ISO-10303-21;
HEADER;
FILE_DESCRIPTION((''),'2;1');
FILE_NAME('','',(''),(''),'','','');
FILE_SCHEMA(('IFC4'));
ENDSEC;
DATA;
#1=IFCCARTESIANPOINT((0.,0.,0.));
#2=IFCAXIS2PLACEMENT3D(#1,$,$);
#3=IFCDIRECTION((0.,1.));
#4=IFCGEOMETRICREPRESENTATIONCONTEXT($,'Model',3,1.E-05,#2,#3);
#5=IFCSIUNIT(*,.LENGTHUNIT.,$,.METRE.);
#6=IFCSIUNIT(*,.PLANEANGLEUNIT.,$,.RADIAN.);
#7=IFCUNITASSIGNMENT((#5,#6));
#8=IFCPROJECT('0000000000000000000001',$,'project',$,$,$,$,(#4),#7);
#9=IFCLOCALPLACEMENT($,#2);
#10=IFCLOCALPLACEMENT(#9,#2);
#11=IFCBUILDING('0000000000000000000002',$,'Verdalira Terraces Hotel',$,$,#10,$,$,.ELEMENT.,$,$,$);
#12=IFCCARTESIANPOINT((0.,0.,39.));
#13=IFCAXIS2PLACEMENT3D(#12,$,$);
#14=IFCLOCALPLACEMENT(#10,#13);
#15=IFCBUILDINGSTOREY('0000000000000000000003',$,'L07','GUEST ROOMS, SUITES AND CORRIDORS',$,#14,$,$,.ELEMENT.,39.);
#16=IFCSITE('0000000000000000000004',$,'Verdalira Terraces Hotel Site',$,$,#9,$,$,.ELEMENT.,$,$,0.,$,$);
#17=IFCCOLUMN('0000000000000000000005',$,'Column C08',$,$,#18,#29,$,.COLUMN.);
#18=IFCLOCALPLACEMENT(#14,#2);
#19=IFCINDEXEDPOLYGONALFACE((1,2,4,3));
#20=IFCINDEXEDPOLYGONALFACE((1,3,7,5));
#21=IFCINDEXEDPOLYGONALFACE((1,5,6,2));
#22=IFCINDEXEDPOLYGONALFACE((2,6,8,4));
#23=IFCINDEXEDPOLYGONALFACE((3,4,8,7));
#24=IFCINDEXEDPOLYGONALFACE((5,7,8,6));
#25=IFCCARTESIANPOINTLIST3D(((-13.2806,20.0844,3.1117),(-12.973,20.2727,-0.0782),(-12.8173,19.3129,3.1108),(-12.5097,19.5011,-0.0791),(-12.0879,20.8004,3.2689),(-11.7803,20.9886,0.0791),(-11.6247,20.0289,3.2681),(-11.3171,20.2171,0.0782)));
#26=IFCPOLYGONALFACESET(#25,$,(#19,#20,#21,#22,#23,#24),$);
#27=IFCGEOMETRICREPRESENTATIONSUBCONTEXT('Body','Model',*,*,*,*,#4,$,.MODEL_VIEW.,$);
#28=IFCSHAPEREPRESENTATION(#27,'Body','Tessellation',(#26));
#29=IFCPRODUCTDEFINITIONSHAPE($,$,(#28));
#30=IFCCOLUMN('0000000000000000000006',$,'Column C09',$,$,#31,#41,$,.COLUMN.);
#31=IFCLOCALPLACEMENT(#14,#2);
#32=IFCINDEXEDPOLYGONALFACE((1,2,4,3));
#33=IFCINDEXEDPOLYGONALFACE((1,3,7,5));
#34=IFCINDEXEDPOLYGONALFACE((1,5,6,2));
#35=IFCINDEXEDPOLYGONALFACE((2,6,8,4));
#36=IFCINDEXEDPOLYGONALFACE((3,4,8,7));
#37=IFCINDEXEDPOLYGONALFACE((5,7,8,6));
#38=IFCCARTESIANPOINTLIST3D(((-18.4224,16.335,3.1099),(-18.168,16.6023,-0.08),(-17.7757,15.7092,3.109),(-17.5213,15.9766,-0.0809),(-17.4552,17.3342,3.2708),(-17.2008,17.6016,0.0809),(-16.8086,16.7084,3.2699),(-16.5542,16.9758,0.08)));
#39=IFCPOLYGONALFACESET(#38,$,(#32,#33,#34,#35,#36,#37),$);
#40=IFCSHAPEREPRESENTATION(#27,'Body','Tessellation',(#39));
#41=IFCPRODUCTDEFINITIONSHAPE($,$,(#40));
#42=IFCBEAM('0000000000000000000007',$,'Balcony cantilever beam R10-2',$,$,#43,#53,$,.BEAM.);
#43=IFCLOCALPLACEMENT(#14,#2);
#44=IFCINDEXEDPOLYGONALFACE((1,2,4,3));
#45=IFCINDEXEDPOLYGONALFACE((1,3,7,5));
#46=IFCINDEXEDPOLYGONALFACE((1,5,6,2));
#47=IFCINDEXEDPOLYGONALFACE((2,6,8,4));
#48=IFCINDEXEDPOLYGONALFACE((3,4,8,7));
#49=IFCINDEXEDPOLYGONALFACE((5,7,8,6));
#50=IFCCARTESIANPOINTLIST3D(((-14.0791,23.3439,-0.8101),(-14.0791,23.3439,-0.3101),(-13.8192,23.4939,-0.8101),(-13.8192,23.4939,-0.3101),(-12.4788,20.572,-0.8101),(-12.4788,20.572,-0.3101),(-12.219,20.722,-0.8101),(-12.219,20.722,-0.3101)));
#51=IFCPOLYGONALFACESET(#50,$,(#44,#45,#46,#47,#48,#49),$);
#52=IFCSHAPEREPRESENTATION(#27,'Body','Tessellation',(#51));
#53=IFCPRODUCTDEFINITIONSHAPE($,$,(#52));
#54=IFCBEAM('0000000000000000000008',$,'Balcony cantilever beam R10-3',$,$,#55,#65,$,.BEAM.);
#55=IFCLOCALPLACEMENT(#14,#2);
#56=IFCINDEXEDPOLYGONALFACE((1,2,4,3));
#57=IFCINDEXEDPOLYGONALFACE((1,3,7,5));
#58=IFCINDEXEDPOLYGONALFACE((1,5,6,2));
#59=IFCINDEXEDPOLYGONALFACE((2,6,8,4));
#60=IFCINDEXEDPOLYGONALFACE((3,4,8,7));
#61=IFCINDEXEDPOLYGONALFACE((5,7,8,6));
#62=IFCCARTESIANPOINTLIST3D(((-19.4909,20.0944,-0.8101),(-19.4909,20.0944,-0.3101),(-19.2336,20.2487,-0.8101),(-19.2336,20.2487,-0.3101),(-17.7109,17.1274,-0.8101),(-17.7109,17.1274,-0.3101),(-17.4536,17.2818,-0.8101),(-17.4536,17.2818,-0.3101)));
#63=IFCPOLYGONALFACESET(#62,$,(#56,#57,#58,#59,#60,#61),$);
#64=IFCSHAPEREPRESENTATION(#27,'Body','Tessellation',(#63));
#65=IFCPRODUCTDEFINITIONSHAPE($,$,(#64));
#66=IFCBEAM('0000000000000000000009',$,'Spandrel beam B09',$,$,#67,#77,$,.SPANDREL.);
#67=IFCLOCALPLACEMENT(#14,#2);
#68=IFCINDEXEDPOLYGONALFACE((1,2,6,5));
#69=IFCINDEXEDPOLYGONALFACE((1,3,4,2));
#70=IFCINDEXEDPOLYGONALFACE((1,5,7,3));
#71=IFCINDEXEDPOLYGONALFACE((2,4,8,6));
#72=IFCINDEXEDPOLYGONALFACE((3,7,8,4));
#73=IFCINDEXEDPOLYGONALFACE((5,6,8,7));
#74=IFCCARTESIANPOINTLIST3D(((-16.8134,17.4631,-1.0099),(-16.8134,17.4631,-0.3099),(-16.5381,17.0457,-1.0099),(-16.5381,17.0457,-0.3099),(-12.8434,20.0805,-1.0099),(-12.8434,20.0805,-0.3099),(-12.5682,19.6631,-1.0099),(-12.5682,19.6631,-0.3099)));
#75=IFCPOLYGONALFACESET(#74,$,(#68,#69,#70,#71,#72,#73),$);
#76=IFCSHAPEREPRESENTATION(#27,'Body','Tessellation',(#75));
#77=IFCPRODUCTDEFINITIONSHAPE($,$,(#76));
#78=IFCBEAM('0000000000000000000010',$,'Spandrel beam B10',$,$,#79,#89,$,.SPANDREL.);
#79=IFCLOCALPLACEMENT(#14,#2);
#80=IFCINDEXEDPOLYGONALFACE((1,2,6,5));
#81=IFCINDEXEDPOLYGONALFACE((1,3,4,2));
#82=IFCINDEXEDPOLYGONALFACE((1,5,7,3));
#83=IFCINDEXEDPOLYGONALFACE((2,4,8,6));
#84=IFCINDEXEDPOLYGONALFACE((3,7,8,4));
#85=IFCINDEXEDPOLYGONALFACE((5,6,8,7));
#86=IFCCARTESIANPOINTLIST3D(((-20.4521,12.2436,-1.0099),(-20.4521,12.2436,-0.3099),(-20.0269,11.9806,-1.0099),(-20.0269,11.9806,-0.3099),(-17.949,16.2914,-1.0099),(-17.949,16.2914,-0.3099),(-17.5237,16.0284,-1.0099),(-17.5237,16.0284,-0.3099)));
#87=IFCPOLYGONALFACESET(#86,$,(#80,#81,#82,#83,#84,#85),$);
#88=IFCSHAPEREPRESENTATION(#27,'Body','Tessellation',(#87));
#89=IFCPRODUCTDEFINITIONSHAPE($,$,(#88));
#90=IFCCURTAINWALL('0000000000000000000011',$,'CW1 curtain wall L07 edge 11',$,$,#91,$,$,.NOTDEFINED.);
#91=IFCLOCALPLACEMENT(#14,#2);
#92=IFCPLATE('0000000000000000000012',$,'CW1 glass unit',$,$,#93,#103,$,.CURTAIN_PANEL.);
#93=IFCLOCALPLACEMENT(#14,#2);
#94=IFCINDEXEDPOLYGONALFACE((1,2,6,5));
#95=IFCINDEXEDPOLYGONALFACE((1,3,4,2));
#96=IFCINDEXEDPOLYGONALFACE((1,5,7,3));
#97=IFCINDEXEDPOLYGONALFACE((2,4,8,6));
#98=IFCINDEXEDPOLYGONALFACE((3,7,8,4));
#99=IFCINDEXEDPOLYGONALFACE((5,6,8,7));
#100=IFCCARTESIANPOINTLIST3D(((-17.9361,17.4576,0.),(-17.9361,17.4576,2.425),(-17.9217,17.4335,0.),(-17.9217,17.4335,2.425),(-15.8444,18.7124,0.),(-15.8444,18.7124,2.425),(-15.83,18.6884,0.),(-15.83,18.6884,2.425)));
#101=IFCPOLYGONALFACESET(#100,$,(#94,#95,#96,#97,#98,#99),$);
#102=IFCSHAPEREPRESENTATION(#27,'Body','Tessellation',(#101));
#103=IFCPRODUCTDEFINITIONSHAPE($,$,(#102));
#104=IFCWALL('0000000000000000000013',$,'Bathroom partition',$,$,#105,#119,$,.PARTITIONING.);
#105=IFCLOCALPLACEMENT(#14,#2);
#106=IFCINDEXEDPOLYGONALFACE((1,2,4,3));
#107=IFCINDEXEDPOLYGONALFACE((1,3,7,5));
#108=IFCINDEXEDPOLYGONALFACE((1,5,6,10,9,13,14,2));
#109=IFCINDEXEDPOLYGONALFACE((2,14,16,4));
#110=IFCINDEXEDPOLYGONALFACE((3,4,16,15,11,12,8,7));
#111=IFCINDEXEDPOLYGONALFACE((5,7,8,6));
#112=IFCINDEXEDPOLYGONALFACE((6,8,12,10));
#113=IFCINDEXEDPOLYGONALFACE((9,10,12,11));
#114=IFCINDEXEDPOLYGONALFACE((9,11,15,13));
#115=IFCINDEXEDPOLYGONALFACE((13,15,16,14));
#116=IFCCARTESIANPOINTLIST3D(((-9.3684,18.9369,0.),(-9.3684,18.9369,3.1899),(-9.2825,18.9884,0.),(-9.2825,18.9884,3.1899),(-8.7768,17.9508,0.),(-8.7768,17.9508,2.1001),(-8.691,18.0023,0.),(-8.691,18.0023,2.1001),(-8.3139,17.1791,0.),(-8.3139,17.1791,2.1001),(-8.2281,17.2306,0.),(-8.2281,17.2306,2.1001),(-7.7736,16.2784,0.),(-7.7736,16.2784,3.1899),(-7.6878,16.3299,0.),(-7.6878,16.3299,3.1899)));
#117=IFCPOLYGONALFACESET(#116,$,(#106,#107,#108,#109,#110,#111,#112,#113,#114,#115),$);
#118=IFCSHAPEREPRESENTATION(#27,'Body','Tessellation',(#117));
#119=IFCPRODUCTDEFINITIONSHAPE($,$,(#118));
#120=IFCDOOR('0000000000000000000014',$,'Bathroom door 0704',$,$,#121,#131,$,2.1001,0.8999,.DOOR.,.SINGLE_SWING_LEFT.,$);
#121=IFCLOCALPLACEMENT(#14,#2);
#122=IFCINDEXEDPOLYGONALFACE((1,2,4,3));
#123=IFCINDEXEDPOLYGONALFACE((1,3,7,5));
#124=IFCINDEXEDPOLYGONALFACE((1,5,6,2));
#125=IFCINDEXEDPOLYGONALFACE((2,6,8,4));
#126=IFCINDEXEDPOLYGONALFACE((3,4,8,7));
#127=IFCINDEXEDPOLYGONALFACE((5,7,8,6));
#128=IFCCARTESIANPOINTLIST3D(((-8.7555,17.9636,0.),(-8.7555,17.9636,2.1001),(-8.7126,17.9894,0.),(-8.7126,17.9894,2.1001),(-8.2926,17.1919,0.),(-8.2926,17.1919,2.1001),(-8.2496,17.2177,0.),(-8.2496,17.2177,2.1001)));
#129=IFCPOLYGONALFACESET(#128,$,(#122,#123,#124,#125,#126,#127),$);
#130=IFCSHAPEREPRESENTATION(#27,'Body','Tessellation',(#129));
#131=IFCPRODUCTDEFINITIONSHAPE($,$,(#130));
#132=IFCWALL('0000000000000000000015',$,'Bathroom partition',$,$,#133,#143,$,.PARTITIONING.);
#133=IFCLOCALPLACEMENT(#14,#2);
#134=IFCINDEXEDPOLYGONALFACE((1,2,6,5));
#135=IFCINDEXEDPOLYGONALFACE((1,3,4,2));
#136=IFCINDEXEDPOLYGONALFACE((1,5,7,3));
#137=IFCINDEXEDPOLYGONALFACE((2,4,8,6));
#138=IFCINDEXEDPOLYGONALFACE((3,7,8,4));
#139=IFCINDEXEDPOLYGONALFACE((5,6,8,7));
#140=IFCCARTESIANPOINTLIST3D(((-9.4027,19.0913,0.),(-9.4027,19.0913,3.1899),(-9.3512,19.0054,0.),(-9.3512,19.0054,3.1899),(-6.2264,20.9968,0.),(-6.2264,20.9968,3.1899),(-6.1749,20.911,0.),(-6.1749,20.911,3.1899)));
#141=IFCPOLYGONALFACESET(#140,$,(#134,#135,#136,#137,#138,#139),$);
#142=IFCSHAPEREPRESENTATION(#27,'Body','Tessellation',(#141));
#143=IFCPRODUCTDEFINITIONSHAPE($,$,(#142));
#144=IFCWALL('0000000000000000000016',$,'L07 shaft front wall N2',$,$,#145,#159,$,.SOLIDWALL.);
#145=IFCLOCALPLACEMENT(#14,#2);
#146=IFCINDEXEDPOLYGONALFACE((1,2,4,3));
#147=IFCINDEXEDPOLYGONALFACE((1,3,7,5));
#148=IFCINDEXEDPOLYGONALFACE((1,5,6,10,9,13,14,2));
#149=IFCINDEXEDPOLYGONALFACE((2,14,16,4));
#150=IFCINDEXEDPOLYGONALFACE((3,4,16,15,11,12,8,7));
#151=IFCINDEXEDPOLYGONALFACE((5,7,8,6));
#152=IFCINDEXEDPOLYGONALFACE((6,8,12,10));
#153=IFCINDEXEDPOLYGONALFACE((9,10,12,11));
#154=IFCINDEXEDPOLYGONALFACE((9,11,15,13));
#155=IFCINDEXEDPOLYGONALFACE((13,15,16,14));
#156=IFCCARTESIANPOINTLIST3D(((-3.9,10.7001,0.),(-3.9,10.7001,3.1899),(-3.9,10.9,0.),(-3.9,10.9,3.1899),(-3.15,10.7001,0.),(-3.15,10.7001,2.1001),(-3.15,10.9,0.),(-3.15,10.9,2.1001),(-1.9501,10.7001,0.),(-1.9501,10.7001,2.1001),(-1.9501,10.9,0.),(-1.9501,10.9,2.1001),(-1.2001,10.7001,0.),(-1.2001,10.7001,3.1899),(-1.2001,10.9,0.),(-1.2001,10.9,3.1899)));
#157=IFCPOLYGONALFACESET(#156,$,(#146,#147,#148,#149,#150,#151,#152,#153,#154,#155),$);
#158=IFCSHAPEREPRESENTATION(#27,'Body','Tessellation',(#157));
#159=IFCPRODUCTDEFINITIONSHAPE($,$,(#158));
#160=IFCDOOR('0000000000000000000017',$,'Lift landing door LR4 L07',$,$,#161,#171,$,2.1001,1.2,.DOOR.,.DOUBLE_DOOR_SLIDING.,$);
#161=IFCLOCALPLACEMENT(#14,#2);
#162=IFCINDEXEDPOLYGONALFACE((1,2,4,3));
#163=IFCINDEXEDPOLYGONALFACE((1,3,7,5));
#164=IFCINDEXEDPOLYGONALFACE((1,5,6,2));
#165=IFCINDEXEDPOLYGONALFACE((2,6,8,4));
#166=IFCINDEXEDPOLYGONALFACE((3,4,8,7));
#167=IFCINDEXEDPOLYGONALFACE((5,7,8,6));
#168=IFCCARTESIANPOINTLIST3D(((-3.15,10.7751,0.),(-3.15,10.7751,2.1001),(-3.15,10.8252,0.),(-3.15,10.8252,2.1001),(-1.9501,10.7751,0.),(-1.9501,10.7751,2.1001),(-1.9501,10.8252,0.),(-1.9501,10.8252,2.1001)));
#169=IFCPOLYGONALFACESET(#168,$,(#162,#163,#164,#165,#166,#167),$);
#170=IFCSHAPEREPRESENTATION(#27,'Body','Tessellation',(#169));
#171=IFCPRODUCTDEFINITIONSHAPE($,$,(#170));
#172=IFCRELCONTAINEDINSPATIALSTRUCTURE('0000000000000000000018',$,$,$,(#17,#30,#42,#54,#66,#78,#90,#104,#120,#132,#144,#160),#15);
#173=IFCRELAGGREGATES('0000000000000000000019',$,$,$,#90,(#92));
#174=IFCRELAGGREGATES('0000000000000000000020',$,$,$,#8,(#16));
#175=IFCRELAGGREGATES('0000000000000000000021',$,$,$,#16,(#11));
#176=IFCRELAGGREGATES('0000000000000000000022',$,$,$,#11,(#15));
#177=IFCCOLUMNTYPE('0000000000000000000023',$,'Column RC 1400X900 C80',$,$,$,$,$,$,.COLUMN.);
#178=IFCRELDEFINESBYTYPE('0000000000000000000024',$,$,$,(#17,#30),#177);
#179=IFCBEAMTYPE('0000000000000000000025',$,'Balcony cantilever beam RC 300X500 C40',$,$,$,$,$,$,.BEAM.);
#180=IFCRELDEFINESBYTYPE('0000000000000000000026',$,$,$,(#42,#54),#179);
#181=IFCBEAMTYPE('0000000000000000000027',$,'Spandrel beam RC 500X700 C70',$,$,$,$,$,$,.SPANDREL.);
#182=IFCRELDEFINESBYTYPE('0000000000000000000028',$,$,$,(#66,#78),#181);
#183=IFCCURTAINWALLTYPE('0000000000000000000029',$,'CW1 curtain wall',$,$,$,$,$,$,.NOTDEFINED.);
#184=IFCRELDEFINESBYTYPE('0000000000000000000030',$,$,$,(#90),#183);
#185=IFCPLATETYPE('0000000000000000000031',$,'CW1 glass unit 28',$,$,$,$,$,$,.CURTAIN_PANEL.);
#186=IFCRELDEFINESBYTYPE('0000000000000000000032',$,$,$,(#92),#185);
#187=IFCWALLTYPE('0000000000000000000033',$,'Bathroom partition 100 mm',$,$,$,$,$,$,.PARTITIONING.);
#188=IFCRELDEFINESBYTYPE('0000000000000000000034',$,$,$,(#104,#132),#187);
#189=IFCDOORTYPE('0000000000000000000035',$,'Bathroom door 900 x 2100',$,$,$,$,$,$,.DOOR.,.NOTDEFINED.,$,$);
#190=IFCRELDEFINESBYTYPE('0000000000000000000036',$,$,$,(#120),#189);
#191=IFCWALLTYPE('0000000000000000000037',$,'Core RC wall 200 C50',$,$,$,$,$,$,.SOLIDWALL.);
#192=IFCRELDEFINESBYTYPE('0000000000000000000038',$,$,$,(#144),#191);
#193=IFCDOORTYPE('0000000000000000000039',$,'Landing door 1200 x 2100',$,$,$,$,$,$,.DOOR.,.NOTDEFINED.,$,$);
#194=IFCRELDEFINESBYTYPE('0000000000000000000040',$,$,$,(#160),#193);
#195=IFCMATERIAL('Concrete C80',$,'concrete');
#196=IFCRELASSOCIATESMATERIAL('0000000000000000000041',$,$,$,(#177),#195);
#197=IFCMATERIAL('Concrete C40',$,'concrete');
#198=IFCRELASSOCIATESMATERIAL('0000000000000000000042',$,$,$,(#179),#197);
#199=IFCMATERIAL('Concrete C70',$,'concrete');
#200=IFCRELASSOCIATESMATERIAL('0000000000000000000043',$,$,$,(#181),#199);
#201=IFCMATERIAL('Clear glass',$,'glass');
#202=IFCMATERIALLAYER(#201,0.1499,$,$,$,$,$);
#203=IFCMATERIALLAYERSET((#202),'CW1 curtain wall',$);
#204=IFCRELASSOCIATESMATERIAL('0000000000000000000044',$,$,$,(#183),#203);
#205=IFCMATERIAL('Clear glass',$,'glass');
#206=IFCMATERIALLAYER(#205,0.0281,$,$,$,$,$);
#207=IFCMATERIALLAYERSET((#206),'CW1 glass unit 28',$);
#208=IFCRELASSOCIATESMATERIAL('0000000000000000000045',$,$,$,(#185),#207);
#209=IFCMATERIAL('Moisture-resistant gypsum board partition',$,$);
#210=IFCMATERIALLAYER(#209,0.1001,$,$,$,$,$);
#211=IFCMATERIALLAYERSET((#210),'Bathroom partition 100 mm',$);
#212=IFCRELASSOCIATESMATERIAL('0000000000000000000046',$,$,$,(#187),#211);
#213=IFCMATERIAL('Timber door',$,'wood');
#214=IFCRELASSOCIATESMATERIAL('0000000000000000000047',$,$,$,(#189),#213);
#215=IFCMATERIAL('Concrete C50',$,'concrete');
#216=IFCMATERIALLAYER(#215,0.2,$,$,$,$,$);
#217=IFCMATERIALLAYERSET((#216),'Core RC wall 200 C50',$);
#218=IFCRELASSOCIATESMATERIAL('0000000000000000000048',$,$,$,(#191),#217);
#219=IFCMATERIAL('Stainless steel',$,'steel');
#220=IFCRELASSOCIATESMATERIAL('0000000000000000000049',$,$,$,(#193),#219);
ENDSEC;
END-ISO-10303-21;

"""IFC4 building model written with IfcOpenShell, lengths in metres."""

from ifc_helpers import new_model, si_unit, direction, frame, frame_2d, origin, origin_2d, place, context, subcontext, project, spatial, rectangle, extrude, material, layer, layer_set, material_profile, profile_set, type_object, element, fill, aggregate, save


model = new_model("IFC4")

# Units and contexts
model_context = context("Model", 3, precision=1e-05, world=origin(), true_north=direction((0.0, 1.0)))
body_context = subcontext(model_context, "Body", "Model", "MODEL_VIEW")
ifc_project = project(units=[si_unit("LENGTHUNIT", "METRE"), si_unit("PLANEANGLEUNIT", "RADIAN")], contexts=[model_context])

# Site, building, storey
site_placement = place(None, origin())
site = spatial("IfcSite", under=ifc_project, at=site_placement, Name="Verdalira Terraces Hotel Site", CompositionType="ELEMENT", RefElevation=0.0)
building_placement = place(site_placement, origin())
building = spatial("IfcBuilding", under=site, at=building_placement, Name="Verdalira Terraces Hotel", CompositionType="ELEMENT")
storey_placement = place(building_placement, frame((0.0, 0.0, 39.0)))
storey = spatial("IfcBuildingStorey", under=building, at=storey_placement, Name="L07", Description="GUEST ROOMS, SUITES AND CORRIDORS", CompositionType="ELEMENT", Elevation=39.0)

# Columns
ifc_material_1 = material(Name="Concrete C80", Category="concrete")
ifc_material_profile_1 = material_profile(ifc_material_1, rectangle(XDim=1.3999, YDim=0.8999, at=origin_2d()), Name="RC 1400X900")
ifc_profile_set_1 = profile_set([ifc_material_profile_1], Name="Concrete C80")
column_type = type_object("IfcColumnType", Name="Column RC 1400X900 C80", PredefinedType="COLUMN", material=ifc_profile_set_1)
column_1_placement = place(storey_placement, frame((-12.145, 20.2449, 0.0), z_axis=(-0.095823, -0.058635, 0.99367), x_axis=(-0.851952, -0.511428, -0.112335)))
element("IfcColumn", 1, at=column_1_placement, inside=storey, type_object=column_type, Name="Column C08", PredefinedType="COLUMN", context=body_context, shape_type="SweptSolid", body=[
    extrude(rectangle(XDim=1.3999, YDim=0.8999, at=origin_2d()), origin(), (0.0, 0.0, 1.0), 3.2102),
])
column_2_placement = place(storey_placement, frame((-17.3611, 16.7891, 0.0), z_axis=(-0.079221, -0.08325, 0.993375), x_axis=(0.690876, 0.713782, 0.114915)))
element("IfcColumn", 2, at=column_2_placement, inside=storey, type_object=column_type, Name="Column C09", PredefinedType="COLUMN", context=body_context, shape_type="SweptSolid", body=[
    extrude(rectangle(XDim=1.3999, YDim=0.8999, at=origin_2d()), origin(), (0.0, 0.0, 1.0), 3.2112),
])

# Beams
ifc_material_2 = material(Name="Concrete C40", Category="concrete")
ifc_material_profile_2 = material_profile(ifc_material_2, rectangle(XDim=0.3, YDim=0.5, at=origin_2d()), Name="RC 300X500")
ifc_profile_set_2 = profile_set([ifc_material_profile_2], Name="Concrete C40")
beam_type_1 = type_object("IfcBeamType", Name="Balcony cantilever beam RC 300X500 C40", PredefinedType="BEAM", material=ifc_profile_set_2)
beam_1_placement = place(storey_placement, frame((-12.3489, 20.647, -0.5601), z_axis=(-0.499987, 0.866033, 0.0), x_axis=(-0.866033, -0.499987, 0.0)))
element("IfcBeam", 3, at=beam_1_placement, inside=storey, type_object=beam_type_1, Name="Balcony cantilever beam R10-2", PredefinedType="BEAM", context=body_context, shape_type="SweptSolid", body=[
    extrude(rectangle(XDim=0.3, YDim=0.5, at=origin_2d()), origin(), (0.0, 0.0, 1.0), 3.2007),
])
beam_2_placement = place(storey_placement, frame((-17.5823, 17.2046, -0.5601), z_axis=(-0.514454, 0.857518, 0.0), x_axis=(-0.857518, -0.514454, 0.0)))
element("IfcBeam", 4, at=beam_2_placement, inside=storey, type_object=beam_type_1, Name="Balcony cantilever beam R10-3", PredefinedType="BEAM", context=body_context, shape_type="SweptSolid", body=[
    extrude(rectangle(XDim=0.3, YDim=0.5, at=origin_2d()), origin(), (0.0, 0.0, 1.0), 3.46),
])
ifc_material_3 = material(Name="Concrete C70", Category="concrete")
ifc_material_profile_3 = material_profile(ifc_material_3, rectangle(XDim=0.5, YDim=0.7, at=origin_2d()), Name="RC 500X700")
ifc_profile_set_3 = profile_set([ifc_material_profile_3], Name="Concrete C70")
beam_type_2 = type_object("IfcBeamType", Name="Spandrel beam RC 500X700 C70", PredefinedType="SPANDREL", material=ifc_profile_set_3)
beam_3_placement = place(storey_placement, frame((-12.7058, 19.8718, -0.6599), z_axis=(-0.834875, -0.550439, 0.0), x_axis=(0.550439, -0.834875, 0.0)))
element("IfcBeam", 5, at=beam_3_placement, inside=storey, type_object=beam_type_2, Name="Spandrel beam B09", PredefinedType="SPANDREL", context=body_context, shape_type="SweptSolid", body=[
    extrude(rectangle(XDim=0.5, YDim=0.7, at=origin_2d()), origin(), (0.0, 0.0, 1.0), 4.7551),
])
beam_4_placement = place(storey_placement, frame((-17.7363, 16.1599, -0.6599), z_axis=(-0.525954, -0.850513, 0.0), x_axis=(0.850513, -0.525954, 0.0)))
element("IfcBeam", 6, at=beam_4_placement, inside=storey, type_object=beam_type_2, Name="Spandrel beam B10", PredefinedType="SPANDREL", context=body_context, shape_type="SweptSolid", body=[
    extrude(rectangle(XDim=0.5, YDim=0.7, at=origin_2d()), origin(), (0.0, 0.0, 1.0), 4.7593),
])

# Curtain wall, plate
ifc_material_4 = material(Name="Clear glass", Category="glass")
ifc_layer_1 = layer(ifc_material_4, 0.1499)
ifc_layer_set_1 = layer_set([ifc_layer_1], Name="CW1 curtain wall")
curtain_wall_type = type_object("IfcCurtainWallType", Name="CW1 curtain wall", PredefinedType="NOTDEFINED", material=ifc_layer_set_1)
curtain_wall_placement = place(storey_placement, origin())
curtain_wall = element("IfcCurtainWall", 7, at=curtain_wall_placement, inside=storey, type_object=curtain_wall_type, Name="CW1 curtain wall L07 edge 11", PredefinedType="NOTDEFINED")
ifc_material_5 = material(Name="Clear glass", Category="glass")
ifc_layer_2 = layer(ifc_material_5, 0.0281)
ifc_layer_set_2 = layer_set([ifc_layer_2], Name="CW1 glass unit 28")
plate_type = type_object("IfcPlateType", Name="CW1 glass unit 28", PredefinedType="CURTAIN_PANEL", material=ifc_layer_set_2)
plate_placement = place(storey_placement, frame((-16.8831, 18.073, 0.0), z_axis=(0.0, 0.0, 1.0), x_axis=(-0.857527, -0.51444, 0.0)))
plate = element("IfcPlate", 8, at=plate_placement, type_object=plate_type, Name="CW1 glass unit", PredefinedType="CURTAIN_PANEL", context=body_context, shape_type="SweptSolid", body=[
    extrude(rectangle(XDim=2.4392, YDim=0.0281, at=origin_2d()), origin(), (0.0, 0.0, 1.0), 2.425),
])
aggregate(curtain_wall, [plate])

# Wall, opening, door
ifc_material_6 = material(Name="Moisture-resistant gypsum board partition")
ifc_layer_3 = layer(ifc_material_6, 0.1001)
ifc_layer_set_3 = layer_set([ifc_layer_3], Name="Bathroom partition 100 mm")
wall_type_1 = type_object("IfcWallType", Name="Bathroom partition 100 mm", PredefinedType="PARTITIONING", material=ifc_layer_set_3)
wall_1_placement = place(storey_placement, frame((-9.3254, 18.9626, 0.0), z_axis=(0.0, 0.0, 1.0), x_axis=(0.514415, -0.857542, 0.0)))
wall_1 = element("IfcWall", 9, at=wall_1_placement, inside=storey, type_object=wall_type_1, Name="Bathroom partition", PredefinedType="PARTITIONING", context=body_context, shape_type="SweptSolid", body=[
    extrude(rectangle(XDim=3.1001, YDim=0.1001, at=frame_2d((1.55, 0.0))), origin(), (0.0, 0.0, 1.0), 3.1899),
])
opening_1_placement = place(wall_1_placement, frame((1.1499, 0.0, 0.0)))
opening_1 = element("IfcOpeningElement", 10, at=opening_1_placement, cuts=wall_1, PredefinedType="OPENING", context=body_context, shape_type="SweptSolid", body=[
    extrude(rectangle(XDim=0.8999, YDim=2.1001, at=frame_2d((0.45, 1.05))), frame((0.0, 0.0601, 0.0), z_axis=(0.0, -1.0, 0.0), x_axis=(1.0, 0.0, 0.0)), (0.0, 0.0, 1.0), 0.1201),
])
ifc_material_7 = material(Name="Timber door", Category="wood")
door_type_1 = type_object("IfcDoorType", Name="Bathroom door 900 x 2100", OperationType="NOTDEFINED", PredefinedType="DOOR", material=ifc_material_7)
door_1_placement = place(opening_1_placement, origin())
door_1 = element("IfcDoor", 11, at=door_1_placement, inside=storey, type_object=door_type_1, Name="Bathroom door 0704", OperationType="SINGLE_SWING_LEFT", OverallHeight=2.1001, OverallWidth=0.8999, PredefinedType="DOOR", context=body_context, shape_type="SweptSolid", body=[
    extrude(rectangle(XDim=0.8999, YDim=2.1001, at=frame_2d((0.45, 1.05))), frame((0.0, 0.0249, 0.0), z_axis=(0.0, -1.0, 0.0), x_axis=(1.0, 0.0, 0.0)), (0.0, 0.0, 1.0), 0.05),
])
fill(opening_1, door_1)

# Wall
wall_2_placement = place(storey_placement, frame((-9.377, 19.0483, 0.0), z_axis=(0.0, 0.0, 1.0), x_axis=(0.857522, 0.514447, 0.0)))
element("IfcWall", 12, at=wall_2_placement, inside=storey, type_object=wall_type_1, Name="Bathroom partition", PredefinedType="PARTITIONING", context=body_context, shape_type="SweptSolid", body=[
    extrude(rectangle(XDim=3.7041, YDim=0.1001, at=frame_2d((1.8521, 0.0))), origin(), (0.0, 0.0, 1.0), 3.1899),
])

# Wall, opening, door
ifc_material_8 = material(Name="Concrete C50", Category="concrete")
ifc_layer_4 = layer(ifc_material_8, 0.2)
ifc_layer_set_4 = layer_set([ifc_layer_4], Name="Core RC wall 200 C50")
wall_type_2 = type_object("IfcWallType", Name="Core RC wall 200 C50", PredefinedType="SOLIDWALL", material=ifc_layer_set_4)
wall_3_placement = place(storey_placement, frame((-1.2, 10.8, 0.0), z_axis=(0.0, 0.0, 1.0), x_axis=(-1.0, 0.0, 0.0)))
wall_3 = element("IfcWall", 13, at=wall_3_placement, inside=storey, type_object=wall_type_2, Name="L07 shaft front wall N2", PredefinedType="SOLIDWALL", context=body_context, shape_type="SweptSolid", body=[
    extrude(rectangle(XDim=2.7, YDim=0.2, at=frame_2d((1.3501, 0.0))), origin(), (0.0, 0.0, 1.0), 3.1899),
])
opening_2_placement = place(wall_3_placement, frame((0.75, 0.0, 0.0)))
opening_2 = element("IfcOpeningElement", 14, at=opening_2_placement, cuts=wall_3, PredefinedType="OPENING", context=body_context, shape_type="SweptSolid", body=[
    extrude(rectangle(XDim=1.2, YDim=2.1001, at=frame_2d((0.6001, 1.05))), frame((0.0, 0.1099, 0.0), z_axis=(0.0, -1.0, 0.0), x_axis=(1.0, 0.0, 0.0)), (0.0, 0.0, 1.0), 0.22),
])
ifc_material_9 = material(Name="Stainless steel", Category="steel")
door_type_2 = type_object("IfcDoorType", Name="Landing door 1200 x 2100", OperationType="NOTDEFINED", PredefinedType="DOOR", material=ifc_material_9)
door_2_placement = place(opening_2_placement, origin())
door_2 = element("IfcDoor", 15, at=door_2_placement, inside=storey, type_object=door_type_2, Name="Lift landing door LR4 L07", OperationType="DOUBLE_DOOR_SLIDING", OverallHeight=2.1001, OverallWidth=1.2, PredefinedType="DOOR", context=body_context, shape_type="SweptSolid", body=[
    extrude(rectangle(XDim=1.2, YDim=2.1001, at=frame_2d((0.6001, 1.05))), frame((0.0, 0.0249, 0.0), z_axis=(0.0, -1.0, 0.0), x_axis=(1.0, 0.0, 0.0)), (0.0, 0.0, 1.0), 0.05),
])
fill(opening_2, door_2)

save(model, "model.ifc")
